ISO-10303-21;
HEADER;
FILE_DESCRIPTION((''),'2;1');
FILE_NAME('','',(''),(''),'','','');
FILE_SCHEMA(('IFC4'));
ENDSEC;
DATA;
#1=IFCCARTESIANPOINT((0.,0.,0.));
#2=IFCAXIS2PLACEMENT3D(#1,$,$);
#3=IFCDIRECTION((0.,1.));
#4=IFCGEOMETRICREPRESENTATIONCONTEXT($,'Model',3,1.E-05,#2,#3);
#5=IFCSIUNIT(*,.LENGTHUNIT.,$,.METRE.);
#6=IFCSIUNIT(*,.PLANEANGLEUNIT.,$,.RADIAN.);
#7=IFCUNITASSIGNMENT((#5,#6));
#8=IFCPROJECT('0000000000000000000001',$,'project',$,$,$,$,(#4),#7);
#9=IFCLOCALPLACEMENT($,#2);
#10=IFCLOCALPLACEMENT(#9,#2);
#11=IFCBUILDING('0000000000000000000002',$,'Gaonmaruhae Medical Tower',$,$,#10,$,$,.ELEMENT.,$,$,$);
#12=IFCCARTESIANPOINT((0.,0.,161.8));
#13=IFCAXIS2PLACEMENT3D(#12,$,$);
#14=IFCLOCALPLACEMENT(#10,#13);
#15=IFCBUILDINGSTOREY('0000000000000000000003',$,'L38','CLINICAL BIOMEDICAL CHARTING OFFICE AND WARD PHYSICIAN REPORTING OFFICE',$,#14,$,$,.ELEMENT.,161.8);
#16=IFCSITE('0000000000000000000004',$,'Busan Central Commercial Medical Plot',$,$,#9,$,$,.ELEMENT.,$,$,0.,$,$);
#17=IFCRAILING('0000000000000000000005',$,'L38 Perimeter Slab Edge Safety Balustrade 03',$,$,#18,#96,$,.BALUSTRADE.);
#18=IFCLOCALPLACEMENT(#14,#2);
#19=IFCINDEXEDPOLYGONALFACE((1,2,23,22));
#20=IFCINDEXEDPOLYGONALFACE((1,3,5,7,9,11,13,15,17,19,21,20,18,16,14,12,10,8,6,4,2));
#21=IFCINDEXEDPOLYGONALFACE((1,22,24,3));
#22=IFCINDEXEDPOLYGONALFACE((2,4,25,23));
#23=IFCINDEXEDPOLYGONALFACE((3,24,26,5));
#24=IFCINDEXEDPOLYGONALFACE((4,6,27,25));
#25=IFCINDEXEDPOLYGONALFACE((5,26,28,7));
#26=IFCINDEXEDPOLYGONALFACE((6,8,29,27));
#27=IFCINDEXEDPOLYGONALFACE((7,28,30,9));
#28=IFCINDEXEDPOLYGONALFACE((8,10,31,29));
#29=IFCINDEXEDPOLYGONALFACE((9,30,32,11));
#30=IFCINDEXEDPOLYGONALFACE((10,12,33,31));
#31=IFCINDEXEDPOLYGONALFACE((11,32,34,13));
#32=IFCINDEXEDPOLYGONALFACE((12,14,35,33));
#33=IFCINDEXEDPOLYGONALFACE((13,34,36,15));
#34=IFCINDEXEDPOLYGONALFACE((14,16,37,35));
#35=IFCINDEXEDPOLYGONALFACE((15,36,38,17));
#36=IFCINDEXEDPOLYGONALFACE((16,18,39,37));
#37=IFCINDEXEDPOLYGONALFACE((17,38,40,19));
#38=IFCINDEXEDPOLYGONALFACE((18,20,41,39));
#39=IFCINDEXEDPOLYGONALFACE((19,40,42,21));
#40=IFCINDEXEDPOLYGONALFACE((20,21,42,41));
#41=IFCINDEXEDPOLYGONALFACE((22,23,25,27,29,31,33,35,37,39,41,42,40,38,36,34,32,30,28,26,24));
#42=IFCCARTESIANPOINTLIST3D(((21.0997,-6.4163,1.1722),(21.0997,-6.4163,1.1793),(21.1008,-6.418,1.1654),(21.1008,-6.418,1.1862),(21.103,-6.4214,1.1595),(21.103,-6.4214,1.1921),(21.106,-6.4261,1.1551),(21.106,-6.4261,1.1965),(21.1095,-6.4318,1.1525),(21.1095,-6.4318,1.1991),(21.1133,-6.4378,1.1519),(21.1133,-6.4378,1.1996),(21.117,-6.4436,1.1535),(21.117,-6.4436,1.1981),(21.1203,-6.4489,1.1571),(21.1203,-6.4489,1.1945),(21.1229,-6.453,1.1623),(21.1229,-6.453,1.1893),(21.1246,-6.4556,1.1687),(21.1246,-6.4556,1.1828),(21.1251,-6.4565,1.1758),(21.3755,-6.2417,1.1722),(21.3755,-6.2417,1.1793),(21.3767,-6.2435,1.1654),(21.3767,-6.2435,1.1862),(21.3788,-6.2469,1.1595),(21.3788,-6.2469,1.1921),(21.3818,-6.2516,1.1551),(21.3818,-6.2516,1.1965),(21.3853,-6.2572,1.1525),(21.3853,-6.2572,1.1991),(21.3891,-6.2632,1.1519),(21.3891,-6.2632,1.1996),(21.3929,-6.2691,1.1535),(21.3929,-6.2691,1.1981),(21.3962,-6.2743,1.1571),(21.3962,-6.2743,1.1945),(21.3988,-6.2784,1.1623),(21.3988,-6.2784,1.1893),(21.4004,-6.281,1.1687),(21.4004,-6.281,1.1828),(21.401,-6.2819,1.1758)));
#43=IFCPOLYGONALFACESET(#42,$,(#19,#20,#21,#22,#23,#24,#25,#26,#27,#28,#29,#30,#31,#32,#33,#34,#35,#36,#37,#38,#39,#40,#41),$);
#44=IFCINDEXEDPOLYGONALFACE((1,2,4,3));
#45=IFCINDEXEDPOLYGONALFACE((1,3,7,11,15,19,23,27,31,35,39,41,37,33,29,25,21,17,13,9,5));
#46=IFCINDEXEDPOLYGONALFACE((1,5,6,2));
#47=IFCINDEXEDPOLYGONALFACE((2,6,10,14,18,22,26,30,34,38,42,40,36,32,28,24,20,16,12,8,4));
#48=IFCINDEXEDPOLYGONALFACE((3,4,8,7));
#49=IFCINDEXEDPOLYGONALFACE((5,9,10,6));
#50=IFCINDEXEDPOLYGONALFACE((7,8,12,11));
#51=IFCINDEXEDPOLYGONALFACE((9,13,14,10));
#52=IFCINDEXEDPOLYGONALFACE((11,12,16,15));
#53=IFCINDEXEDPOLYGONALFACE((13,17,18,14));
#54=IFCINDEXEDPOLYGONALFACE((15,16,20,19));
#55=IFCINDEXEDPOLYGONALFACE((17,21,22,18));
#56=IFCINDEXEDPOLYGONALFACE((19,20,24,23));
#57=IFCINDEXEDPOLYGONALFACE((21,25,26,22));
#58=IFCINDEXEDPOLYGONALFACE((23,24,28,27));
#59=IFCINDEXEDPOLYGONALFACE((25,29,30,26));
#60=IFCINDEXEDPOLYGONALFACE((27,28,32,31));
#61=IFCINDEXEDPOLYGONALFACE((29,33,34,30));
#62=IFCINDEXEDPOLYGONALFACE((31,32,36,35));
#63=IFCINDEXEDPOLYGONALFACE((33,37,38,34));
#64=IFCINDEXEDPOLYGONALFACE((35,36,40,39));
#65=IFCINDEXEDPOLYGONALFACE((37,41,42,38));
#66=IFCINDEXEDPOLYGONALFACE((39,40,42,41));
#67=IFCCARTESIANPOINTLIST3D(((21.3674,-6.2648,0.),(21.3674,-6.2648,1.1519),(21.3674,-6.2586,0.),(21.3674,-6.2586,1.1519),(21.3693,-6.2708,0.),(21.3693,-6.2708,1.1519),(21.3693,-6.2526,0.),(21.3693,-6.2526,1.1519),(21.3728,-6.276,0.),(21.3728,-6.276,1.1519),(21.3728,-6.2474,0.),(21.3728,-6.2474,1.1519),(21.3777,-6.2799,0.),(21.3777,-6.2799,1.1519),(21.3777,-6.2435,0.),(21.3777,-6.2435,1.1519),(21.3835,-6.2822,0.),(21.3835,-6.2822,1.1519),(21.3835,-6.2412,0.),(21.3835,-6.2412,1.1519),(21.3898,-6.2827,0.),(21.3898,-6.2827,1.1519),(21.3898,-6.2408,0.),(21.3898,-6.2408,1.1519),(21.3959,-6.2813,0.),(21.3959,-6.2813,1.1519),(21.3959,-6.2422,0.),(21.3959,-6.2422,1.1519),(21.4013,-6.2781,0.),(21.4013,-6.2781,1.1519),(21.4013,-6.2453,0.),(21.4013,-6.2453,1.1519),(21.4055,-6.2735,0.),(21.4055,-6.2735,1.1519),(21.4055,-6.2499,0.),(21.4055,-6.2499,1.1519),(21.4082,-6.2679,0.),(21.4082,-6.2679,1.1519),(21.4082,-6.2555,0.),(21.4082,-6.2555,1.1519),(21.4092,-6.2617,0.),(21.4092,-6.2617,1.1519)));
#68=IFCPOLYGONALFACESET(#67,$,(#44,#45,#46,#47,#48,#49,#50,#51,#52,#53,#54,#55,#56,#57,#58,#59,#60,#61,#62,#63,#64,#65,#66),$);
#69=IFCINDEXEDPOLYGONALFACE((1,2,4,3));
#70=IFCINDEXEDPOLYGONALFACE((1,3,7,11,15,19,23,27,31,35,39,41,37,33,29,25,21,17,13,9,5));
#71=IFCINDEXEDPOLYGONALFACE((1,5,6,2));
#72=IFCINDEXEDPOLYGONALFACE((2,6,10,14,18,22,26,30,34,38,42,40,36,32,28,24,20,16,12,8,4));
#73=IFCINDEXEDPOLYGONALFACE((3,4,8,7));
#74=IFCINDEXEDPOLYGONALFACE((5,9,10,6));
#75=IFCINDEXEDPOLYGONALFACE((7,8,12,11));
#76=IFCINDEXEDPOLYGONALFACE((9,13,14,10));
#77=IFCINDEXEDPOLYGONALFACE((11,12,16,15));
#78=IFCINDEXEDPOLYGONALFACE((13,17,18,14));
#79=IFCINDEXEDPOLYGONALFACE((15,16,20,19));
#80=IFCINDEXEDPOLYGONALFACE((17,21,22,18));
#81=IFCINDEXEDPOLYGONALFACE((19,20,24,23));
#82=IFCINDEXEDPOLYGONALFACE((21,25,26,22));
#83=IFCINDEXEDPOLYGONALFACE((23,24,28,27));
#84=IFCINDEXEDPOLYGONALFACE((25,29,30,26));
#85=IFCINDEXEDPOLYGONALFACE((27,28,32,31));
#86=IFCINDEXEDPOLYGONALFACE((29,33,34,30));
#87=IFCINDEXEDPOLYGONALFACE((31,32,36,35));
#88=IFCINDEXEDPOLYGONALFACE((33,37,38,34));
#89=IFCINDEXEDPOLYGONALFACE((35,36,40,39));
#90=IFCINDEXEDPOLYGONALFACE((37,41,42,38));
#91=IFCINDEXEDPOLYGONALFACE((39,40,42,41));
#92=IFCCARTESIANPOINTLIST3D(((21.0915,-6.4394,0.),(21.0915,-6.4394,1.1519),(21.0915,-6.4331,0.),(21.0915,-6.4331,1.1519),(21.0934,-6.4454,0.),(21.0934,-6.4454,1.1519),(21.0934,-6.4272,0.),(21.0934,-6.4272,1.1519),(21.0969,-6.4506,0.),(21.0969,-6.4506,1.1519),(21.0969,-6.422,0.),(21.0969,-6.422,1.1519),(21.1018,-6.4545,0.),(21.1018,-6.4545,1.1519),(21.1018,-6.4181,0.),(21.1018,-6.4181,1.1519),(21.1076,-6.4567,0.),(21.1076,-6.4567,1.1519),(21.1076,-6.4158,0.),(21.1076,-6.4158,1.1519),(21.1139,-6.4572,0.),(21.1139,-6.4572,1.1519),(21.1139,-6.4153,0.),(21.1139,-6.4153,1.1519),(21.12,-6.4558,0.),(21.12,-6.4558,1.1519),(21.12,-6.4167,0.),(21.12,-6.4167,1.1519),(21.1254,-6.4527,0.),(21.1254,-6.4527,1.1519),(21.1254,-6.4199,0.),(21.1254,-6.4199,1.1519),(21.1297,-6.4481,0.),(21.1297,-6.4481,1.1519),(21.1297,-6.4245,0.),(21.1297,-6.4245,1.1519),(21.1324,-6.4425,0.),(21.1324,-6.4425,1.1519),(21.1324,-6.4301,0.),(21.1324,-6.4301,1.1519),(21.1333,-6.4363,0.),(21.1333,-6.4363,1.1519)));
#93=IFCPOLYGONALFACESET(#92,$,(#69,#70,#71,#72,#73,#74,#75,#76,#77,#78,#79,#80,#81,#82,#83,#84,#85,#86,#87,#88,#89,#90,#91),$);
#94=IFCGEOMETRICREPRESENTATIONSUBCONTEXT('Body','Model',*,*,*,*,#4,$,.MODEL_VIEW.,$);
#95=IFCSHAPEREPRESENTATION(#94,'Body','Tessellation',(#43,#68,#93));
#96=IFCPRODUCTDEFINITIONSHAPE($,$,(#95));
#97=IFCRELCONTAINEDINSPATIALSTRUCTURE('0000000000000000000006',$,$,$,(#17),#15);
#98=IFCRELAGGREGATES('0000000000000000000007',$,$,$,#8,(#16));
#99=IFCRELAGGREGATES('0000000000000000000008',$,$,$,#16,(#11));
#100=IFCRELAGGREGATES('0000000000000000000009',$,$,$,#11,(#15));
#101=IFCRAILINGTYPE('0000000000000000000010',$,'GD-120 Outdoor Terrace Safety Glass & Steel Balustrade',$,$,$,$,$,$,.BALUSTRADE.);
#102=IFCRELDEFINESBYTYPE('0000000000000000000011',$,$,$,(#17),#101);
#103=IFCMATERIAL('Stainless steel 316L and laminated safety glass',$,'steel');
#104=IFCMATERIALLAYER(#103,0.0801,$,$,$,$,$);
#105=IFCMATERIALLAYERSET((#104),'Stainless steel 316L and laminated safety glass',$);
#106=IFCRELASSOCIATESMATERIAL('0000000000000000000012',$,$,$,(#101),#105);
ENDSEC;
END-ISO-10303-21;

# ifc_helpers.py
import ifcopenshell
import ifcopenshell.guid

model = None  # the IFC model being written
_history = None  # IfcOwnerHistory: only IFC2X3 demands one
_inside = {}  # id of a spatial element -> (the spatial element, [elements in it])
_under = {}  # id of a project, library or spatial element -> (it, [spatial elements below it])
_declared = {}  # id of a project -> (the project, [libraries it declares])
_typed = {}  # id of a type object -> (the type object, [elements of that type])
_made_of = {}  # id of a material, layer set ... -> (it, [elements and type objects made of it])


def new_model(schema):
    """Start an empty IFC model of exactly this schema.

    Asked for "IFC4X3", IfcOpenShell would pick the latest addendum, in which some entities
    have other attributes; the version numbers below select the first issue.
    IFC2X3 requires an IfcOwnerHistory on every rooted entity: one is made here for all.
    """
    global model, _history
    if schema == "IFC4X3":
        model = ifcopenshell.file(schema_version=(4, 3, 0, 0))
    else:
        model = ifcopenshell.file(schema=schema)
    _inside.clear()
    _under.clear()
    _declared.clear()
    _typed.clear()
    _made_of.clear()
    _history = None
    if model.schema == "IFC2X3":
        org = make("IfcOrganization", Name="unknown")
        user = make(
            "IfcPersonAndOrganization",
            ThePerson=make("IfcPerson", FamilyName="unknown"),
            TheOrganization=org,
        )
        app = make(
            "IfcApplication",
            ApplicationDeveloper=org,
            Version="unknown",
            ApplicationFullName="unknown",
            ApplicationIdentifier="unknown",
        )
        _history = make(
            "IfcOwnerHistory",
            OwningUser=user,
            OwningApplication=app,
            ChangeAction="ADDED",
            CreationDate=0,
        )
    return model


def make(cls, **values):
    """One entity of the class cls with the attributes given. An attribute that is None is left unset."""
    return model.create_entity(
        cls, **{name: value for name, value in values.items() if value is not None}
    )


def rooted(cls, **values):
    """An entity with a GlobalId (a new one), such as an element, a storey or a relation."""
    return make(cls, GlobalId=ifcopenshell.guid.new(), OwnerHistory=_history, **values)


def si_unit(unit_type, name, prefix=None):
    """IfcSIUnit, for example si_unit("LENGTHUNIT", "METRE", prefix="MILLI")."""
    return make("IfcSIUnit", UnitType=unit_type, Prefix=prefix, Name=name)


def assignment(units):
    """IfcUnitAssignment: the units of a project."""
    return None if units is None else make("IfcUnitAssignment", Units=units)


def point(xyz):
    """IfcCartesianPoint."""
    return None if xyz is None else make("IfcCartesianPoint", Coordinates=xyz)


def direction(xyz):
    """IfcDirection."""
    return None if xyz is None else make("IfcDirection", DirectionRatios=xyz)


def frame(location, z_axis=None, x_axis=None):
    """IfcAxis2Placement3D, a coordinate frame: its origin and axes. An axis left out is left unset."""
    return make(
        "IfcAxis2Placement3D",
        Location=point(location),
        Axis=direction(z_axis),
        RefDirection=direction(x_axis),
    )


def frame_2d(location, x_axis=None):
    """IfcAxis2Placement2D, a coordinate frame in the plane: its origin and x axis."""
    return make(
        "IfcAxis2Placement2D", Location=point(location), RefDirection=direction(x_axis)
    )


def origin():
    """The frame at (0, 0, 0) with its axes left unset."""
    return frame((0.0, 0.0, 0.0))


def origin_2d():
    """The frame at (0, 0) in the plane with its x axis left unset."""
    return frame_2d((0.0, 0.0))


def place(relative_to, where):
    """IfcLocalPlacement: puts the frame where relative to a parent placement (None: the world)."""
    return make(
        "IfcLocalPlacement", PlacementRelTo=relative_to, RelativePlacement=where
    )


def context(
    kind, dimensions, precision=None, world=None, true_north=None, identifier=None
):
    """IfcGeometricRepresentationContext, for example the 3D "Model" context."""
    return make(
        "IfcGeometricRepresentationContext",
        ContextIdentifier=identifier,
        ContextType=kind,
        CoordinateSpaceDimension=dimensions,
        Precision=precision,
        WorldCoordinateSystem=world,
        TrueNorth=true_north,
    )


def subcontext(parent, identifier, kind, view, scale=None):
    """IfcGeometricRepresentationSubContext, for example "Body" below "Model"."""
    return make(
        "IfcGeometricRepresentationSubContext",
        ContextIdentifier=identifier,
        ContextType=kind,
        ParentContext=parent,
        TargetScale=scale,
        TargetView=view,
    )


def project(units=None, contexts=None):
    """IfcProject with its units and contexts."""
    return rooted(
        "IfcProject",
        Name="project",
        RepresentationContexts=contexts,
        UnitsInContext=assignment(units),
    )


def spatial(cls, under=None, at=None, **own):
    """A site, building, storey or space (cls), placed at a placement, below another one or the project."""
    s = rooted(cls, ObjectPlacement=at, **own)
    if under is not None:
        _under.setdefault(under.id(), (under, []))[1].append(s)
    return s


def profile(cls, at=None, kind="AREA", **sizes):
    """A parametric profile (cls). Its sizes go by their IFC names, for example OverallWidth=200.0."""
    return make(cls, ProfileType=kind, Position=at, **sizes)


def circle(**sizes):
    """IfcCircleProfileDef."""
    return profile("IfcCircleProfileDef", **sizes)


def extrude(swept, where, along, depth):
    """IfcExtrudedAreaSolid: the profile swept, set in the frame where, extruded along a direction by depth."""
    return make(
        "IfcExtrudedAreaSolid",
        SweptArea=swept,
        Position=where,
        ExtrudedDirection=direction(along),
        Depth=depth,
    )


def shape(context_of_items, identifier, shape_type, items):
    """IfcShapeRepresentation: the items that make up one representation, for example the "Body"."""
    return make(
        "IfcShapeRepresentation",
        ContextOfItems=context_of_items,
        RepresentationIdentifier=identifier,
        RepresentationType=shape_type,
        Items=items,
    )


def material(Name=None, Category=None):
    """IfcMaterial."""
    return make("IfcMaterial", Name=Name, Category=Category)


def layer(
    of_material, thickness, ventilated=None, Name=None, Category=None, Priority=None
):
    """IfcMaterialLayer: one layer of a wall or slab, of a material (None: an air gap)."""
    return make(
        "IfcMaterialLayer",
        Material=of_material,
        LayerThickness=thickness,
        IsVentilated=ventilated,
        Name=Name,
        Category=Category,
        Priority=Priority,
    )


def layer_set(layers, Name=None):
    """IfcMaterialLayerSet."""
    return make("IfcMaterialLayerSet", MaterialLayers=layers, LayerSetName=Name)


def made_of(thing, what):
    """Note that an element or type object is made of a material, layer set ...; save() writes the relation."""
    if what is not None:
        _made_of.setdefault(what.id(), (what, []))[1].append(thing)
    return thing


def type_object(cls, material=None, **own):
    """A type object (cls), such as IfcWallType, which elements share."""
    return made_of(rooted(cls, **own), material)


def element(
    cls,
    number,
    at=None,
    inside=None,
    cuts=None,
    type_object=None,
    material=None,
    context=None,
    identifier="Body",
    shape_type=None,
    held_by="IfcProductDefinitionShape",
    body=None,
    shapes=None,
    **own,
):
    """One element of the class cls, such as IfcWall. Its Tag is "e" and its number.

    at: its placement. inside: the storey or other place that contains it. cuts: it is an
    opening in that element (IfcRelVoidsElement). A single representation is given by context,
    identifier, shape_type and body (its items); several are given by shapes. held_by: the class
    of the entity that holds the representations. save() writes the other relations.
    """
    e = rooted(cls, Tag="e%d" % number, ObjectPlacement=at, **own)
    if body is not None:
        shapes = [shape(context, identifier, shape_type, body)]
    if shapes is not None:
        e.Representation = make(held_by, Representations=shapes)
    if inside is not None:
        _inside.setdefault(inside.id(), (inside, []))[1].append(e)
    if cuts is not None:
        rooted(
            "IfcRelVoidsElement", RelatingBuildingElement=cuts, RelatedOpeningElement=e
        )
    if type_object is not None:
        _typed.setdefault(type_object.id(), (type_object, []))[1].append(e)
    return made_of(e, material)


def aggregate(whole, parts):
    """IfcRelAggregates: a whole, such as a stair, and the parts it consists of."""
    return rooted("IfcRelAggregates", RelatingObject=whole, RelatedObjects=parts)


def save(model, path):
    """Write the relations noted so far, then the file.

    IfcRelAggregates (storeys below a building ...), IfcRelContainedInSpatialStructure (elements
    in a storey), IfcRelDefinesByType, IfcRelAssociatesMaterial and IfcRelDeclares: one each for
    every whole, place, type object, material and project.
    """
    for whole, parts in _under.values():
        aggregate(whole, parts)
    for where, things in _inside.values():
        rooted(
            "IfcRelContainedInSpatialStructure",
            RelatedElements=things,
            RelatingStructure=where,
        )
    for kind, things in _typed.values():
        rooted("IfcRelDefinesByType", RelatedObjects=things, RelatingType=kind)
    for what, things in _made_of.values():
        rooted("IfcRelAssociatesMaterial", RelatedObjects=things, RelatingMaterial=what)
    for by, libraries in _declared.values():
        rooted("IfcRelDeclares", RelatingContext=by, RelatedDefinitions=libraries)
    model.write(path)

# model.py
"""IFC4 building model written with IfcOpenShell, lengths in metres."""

from ifc_helpers import new_model, si_unit, direction, frame, origin, origin_2d, place, context, subcontext, project, spatial, circle, extrude, material, layer, layer_set, type_object, element, save


model = new_model("IFC4")

# Units and contexts
model_context = context("Model", 3, precision=1e-05, world=origin(), true_north=direction((0.0, 1.0)))
body_context = subcontext(model_context, "Body", "Model", "MODEL_VIEW")
ifc_project = project(units=[si_unit("LENGTHUNIT", "METRE"), si_unit("PLANEANGLEUNIT", "RADIAN")], contexts=[model_context])

# Site, building, storey
site_placement = place(None, origin())
site = spatial("IfcSite", under=ifc_project, at=site_placement, Name="Busan Central Commercial Medical Plot", CompositionType="ELEMENT", RefElevation=0.0)
building_placement = place(site_placement, origin())
building = spatial("IfcBuilding", under=site, at=building_placement, Name="Gaonmaruhae Medical Tower", CompositionType="ELEMENT")
storey_placement = place(building_placement, frame((0.0, 0.0, 161.8)))
storey = spatial("IfcBuildingStorey", under=building, at=storey_placement, Name="L38", Description="CLINICAL BIOMEDICAL CHARTING OFFICE AND WARD PHYSICIAN REPORTING OFFICE", CompositionType="ELEMENT", Elevation=161.8)

# Railing
ifc_material_1 = material(Name="Stainless steel 316L and laminated safety glass", Category="steel")
ifc_layer_1 = layer(ifc_material_1, 0.0801)
ifc_layer_set_1 = layer_set([ifc_layer_1], Name="Stainless steel 316L and laminated safety glass")
railing_type = type_object("IfcRailingType", Name="GD-120 Outdoor Terrace Safety Glass & Steel Balustrade", PredefinedType="BALUSTRADE", material=ifc_layer_set_1)
railing_1_placement = place(storey_placement, frame((21.3882, -6.2617, 0.0)))
element("IfcRailing", 1, at=railing_1_placement, inside=storey, type_object=railing_type, Name="L38 Perimeter Slab Edge Safety Balustrade 03", PredefinedType="BALUSTRADE", context=body_context, shape_type="SweptSolid", body=[
    extrude(circle(Radius=0.0239, at=origin_2d()), frame((0.0, 0.0, 1.1758), z_axis=(-0.845044, -0.534696, 0.0), x_axis=(0.534696, -0.845044, 0.0)), (0.0, 0.0, 1.0), 0.3264),
    extrude(circle(Radius=0.021, at=origin_2d()), origin(), (0.0, 0.0, 1.0), 1.1519),
    extrude(circle(Radius=0.021, at=origin_2d()), frame((-0.2759, -0.1746, 0.0)), (0.0, 0.0, 1.0), 1.1519),
])

save(model, "model.ifc")
